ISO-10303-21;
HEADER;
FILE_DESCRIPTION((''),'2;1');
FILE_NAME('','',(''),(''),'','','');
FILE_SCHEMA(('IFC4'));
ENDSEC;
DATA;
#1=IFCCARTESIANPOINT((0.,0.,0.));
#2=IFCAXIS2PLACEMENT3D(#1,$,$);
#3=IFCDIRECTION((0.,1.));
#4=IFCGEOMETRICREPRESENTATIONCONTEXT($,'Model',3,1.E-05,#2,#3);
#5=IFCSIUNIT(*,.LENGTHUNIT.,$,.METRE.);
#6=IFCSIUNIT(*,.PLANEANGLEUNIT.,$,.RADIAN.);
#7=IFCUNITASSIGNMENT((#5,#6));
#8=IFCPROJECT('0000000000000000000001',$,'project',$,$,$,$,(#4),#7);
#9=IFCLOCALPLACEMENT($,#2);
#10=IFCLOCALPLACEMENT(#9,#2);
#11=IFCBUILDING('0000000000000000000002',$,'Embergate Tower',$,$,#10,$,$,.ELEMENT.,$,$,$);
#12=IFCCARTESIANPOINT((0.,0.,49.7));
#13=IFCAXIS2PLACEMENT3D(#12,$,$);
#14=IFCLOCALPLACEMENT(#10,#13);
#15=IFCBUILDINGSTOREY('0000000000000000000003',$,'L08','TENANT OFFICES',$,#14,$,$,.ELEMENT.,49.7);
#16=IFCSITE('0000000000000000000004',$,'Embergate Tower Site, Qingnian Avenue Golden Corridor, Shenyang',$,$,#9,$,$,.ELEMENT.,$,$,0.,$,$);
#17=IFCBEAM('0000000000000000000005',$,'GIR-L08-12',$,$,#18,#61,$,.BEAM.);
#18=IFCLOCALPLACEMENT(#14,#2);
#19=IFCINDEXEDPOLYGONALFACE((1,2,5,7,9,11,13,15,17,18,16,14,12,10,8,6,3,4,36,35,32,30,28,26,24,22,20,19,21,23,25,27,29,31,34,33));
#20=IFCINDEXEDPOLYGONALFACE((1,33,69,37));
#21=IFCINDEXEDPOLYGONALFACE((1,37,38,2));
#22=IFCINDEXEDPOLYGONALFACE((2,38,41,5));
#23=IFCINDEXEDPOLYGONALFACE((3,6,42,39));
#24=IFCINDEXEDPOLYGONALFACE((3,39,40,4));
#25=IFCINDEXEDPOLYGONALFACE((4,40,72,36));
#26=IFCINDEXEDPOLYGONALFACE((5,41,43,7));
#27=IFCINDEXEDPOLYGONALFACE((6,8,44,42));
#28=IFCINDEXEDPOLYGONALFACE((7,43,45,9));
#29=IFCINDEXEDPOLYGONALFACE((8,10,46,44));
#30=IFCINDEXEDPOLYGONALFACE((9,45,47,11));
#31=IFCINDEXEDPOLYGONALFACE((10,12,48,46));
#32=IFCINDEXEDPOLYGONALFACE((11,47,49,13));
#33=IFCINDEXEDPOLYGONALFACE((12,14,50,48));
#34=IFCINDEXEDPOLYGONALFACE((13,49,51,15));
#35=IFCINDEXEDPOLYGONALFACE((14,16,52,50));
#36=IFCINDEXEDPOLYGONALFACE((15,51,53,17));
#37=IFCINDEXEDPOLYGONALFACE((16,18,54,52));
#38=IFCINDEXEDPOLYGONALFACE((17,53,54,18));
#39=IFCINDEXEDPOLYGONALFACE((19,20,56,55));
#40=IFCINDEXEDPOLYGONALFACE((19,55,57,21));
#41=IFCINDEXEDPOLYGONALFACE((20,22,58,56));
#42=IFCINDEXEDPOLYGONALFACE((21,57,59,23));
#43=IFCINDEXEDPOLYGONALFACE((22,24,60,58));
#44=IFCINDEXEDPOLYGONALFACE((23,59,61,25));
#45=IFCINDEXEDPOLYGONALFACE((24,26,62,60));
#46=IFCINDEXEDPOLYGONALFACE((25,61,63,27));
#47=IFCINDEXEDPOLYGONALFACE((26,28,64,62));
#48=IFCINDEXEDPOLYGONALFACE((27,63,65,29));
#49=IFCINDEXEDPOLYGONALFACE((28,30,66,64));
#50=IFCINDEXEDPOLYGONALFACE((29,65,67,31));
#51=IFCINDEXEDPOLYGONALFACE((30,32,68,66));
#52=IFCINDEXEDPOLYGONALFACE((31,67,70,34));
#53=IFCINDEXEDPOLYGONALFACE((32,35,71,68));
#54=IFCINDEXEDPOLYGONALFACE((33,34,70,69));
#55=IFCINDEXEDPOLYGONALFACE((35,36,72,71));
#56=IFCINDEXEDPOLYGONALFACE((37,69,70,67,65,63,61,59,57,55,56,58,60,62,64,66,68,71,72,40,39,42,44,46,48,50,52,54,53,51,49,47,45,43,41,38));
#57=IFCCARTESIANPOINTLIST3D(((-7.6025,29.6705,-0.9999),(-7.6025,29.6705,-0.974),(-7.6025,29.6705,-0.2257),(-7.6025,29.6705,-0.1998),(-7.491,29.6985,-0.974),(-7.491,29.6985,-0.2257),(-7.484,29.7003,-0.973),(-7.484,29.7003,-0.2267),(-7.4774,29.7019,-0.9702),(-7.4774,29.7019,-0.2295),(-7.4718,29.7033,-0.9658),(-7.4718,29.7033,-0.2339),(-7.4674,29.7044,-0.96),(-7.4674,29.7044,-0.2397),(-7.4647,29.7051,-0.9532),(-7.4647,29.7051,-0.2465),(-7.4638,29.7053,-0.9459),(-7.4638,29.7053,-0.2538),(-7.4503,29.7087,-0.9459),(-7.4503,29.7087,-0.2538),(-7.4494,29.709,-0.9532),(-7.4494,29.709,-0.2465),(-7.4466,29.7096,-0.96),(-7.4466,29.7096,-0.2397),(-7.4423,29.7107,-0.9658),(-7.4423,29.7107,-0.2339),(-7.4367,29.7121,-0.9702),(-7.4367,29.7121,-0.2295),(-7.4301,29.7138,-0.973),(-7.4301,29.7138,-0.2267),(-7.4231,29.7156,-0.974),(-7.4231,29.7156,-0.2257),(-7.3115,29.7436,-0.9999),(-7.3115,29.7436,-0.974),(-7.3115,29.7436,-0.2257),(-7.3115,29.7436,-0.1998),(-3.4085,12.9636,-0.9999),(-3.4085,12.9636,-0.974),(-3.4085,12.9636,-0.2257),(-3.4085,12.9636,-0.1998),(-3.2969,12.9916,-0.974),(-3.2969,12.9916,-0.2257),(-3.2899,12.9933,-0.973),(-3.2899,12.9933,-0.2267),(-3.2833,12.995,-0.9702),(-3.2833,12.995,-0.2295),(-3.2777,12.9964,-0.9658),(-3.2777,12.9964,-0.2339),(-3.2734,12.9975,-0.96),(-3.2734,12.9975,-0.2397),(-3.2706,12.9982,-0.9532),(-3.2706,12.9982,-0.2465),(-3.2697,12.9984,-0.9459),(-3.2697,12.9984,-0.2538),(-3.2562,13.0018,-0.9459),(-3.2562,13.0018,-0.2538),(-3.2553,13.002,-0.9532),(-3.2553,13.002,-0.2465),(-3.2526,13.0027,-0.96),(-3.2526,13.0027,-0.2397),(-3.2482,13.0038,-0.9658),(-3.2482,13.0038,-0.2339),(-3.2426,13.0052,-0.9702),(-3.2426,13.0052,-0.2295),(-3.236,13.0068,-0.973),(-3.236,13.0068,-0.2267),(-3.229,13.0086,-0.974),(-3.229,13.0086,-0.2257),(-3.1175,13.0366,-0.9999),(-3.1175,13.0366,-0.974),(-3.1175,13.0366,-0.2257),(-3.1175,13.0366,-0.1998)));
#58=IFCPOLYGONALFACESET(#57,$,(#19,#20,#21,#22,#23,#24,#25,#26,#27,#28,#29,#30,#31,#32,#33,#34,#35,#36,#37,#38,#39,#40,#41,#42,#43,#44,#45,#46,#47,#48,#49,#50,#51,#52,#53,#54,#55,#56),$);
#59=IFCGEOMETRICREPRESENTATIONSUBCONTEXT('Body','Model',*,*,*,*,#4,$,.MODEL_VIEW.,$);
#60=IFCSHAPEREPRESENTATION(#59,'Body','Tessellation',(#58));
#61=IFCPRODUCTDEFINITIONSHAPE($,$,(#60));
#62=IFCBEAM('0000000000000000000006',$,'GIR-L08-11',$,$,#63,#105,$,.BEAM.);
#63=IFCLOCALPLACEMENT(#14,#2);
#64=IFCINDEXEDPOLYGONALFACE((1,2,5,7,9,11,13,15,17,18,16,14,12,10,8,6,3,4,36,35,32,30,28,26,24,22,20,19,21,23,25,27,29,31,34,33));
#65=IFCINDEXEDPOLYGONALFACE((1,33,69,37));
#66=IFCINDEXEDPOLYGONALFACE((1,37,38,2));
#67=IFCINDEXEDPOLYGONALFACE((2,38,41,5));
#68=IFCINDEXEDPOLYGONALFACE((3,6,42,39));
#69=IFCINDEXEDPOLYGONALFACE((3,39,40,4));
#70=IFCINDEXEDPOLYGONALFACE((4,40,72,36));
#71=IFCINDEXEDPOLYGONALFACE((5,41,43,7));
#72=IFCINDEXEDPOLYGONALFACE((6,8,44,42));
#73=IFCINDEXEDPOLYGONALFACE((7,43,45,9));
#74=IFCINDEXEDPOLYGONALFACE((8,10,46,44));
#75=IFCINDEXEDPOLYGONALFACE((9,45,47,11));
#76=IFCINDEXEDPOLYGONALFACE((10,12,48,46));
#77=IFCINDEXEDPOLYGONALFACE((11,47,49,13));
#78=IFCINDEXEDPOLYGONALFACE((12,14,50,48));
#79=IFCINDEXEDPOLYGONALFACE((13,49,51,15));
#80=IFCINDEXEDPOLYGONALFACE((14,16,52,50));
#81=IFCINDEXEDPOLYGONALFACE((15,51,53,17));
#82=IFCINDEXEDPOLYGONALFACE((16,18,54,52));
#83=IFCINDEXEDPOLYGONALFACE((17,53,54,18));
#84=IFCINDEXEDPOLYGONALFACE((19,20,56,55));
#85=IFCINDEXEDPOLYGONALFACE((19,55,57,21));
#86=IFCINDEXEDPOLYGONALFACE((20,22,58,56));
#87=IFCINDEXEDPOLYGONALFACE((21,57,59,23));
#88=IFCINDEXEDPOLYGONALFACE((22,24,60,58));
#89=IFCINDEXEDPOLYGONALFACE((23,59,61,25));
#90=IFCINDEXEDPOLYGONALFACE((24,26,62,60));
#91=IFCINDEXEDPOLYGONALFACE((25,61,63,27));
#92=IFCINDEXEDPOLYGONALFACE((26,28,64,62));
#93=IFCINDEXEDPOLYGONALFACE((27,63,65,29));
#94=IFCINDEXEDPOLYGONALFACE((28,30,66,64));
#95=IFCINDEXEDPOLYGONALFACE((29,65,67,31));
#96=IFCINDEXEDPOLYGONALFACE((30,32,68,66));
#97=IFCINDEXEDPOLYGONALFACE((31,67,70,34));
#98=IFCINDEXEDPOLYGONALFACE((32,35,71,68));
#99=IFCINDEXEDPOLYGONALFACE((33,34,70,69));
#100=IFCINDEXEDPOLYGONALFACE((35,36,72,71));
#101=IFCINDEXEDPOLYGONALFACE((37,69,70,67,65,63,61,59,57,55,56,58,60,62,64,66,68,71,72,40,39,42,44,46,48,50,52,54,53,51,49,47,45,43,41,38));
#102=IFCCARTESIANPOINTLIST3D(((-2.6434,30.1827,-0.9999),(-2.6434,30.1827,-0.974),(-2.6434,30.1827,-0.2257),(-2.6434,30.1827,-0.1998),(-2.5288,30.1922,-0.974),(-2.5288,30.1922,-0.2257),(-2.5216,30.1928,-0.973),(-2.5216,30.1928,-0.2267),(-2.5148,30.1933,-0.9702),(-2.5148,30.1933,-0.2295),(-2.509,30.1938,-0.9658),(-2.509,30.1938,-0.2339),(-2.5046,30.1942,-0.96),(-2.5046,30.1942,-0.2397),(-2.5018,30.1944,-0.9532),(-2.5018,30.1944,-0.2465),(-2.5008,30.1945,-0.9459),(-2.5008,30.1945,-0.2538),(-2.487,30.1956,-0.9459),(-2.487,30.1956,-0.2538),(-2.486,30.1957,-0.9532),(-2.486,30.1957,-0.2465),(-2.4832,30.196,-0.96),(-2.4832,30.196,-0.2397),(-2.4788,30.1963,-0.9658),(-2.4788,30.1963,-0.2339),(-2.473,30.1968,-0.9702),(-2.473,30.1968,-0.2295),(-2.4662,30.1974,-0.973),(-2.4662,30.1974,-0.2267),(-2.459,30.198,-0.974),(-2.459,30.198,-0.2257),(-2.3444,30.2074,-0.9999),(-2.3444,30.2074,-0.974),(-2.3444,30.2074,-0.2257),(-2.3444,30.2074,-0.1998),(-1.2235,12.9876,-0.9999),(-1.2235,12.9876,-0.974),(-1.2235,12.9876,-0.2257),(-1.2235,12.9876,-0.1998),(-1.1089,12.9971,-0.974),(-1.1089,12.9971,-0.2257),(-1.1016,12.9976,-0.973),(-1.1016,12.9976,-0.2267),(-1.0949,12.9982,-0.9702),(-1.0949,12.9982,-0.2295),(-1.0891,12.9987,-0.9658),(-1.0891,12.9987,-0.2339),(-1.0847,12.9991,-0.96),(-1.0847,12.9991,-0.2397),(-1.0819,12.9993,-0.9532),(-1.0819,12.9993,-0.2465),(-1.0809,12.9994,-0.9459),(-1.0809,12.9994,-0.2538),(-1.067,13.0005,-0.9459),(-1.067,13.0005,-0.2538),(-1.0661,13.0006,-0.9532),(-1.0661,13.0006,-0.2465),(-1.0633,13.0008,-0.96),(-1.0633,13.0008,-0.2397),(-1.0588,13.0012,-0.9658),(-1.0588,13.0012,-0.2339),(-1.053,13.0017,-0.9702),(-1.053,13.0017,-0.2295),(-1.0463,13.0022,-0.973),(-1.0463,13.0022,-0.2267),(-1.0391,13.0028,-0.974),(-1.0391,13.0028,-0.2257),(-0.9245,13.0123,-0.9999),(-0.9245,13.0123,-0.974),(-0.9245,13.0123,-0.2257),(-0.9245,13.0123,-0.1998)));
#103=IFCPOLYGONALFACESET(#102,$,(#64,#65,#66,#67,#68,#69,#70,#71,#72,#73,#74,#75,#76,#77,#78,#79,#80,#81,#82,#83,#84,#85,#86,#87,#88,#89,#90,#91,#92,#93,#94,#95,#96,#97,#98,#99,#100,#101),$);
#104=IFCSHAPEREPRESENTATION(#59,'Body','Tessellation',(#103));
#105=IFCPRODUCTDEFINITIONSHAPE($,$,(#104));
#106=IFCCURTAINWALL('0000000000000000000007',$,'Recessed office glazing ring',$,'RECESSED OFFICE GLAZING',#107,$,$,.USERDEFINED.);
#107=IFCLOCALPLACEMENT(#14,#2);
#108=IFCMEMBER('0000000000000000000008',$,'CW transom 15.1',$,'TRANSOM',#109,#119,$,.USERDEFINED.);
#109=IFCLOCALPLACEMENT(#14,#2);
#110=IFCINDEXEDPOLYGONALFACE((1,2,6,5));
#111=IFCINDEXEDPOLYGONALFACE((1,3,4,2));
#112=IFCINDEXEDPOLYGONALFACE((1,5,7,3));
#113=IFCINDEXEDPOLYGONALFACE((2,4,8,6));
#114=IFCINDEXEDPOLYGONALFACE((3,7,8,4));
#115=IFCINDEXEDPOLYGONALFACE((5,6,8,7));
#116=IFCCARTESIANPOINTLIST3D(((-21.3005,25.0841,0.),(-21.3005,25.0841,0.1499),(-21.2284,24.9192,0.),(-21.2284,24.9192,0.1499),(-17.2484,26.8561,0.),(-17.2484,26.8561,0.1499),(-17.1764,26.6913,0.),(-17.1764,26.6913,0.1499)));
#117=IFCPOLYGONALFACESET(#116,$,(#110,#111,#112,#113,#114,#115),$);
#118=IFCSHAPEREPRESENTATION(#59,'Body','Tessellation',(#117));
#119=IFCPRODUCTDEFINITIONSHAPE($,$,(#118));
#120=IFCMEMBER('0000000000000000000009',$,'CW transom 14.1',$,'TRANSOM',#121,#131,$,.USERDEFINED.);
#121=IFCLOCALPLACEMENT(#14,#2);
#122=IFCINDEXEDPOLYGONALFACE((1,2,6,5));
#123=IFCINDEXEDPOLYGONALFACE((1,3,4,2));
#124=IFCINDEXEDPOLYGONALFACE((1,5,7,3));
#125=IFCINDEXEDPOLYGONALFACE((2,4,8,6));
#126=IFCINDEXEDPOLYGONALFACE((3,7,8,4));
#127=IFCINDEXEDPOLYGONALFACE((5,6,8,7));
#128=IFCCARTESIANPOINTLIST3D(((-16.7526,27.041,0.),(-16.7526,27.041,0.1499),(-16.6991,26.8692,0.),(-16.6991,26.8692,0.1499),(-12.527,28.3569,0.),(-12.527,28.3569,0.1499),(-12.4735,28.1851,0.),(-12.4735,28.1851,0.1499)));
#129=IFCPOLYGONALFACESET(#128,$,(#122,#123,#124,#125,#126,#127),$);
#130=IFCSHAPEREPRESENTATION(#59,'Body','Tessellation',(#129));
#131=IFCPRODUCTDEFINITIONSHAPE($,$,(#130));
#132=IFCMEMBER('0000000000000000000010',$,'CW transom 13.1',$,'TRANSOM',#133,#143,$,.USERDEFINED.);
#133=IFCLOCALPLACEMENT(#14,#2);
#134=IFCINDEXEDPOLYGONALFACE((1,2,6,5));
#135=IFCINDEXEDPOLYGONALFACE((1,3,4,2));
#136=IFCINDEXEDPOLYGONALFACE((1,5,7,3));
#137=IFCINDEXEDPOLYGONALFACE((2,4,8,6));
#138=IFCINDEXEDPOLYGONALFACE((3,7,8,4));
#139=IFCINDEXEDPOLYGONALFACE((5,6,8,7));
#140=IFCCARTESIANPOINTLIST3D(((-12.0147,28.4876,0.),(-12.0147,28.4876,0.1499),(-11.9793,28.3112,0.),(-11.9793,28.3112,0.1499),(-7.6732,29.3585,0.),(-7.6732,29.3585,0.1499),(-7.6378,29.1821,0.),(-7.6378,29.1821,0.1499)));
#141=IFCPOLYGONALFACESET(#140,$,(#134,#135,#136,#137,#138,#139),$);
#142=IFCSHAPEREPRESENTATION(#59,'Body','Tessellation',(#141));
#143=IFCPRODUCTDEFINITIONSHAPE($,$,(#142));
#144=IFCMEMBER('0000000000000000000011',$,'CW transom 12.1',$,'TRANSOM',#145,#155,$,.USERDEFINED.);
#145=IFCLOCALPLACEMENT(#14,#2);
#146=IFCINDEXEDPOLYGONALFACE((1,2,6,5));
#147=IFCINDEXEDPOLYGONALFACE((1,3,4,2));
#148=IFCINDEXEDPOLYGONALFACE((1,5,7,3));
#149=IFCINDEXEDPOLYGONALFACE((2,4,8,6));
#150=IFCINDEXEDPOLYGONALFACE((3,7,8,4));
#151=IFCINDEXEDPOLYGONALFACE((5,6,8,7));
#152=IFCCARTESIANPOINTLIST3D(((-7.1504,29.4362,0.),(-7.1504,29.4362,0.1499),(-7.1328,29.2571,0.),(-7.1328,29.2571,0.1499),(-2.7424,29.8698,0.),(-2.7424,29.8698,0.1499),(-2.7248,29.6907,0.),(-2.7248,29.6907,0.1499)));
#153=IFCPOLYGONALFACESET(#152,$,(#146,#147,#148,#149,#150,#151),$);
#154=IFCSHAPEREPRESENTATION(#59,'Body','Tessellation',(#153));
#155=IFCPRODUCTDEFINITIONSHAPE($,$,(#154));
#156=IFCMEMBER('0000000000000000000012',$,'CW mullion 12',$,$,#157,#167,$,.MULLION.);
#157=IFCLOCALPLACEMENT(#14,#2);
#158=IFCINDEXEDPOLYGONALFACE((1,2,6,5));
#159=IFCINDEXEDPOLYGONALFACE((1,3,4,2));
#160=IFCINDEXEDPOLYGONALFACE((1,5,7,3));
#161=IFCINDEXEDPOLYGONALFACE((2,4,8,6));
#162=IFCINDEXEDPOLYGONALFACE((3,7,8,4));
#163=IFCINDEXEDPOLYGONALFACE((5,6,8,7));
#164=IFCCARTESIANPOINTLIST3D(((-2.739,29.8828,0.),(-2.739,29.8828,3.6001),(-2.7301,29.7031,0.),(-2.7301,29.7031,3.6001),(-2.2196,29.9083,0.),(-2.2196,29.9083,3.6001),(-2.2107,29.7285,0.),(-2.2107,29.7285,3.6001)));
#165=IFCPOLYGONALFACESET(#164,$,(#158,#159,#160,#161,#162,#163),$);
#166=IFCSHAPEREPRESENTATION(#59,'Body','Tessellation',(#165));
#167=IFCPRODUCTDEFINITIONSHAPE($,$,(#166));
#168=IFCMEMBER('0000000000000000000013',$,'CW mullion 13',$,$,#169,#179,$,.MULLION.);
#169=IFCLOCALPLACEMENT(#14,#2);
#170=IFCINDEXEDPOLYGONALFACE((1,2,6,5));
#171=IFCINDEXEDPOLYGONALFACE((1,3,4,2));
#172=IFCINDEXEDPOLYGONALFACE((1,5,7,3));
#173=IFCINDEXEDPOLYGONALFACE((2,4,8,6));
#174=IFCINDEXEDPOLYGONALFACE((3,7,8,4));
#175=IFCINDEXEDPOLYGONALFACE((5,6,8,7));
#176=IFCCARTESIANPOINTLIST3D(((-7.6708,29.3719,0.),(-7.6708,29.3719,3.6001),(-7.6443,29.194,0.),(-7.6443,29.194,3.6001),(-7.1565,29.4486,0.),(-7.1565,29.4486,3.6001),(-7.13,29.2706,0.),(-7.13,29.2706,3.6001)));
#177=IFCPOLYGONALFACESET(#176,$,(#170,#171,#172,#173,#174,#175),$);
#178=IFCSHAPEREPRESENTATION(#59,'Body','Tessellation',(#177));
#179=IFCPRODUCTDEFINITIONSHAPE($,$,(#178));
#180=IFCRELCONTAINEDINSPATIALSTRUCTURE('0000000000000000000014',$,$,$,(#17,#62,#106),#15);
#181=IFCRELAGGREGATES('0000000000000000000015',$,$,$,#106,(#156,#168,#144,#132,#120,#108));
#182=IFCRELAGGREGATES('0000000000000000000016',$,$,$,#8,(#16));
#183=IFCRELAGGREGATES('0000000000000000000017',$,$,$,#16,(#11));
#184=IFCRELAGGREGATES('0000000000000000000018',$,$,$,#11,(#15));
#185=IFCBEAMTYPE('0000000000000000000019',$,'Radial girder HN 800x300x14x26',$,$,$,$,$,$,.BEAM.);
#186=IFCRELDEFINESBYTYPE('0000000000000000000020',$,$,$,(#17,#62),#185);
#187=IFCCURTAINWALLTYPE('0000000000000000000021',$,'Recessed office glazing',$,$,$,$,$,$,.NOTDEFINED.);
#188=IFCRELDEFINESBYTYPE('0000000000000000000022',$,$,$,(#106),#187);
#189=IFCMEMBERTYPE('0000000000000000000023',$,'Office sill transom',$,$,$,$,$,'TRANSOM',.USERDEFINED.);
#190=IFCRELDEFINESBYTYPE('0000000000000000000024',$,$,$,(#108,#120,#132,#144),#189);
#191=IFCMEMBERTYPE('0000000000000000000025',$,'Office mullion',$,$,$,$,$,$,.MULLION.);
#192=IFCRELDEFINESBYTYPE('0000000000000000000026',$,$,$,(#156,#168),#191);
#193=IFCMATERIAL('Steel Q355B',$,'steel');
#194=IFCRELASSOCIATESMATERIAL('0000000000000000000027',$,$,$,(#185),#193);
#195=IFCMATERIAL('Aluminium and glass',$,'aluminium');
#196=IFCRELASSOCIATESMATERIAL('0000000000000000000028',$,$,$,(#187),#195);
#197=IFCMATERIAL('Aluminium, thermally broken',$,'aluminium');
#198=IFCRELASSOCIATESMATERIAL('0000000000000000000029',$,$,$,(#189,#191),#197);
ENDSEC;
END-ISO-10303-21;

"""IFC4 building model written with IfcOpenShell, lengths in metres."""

from ifc_helpers import new_model, si_unit, direction, frame, origin, origin_2d, place, context, subcontext, project, spatial, rectangle, i_section, extrude, source, transform, mapped, material, material_profile, profile_set, type_object, element, aggregate, save


model = new_model("IFC4")

# Units and contexts
model_context = context("Model", 3, precision=1e-05, world=origin(), true_north=direction((0.0, 1.0)))
body_context = subcontext(model_context, "Body", "Model", "MODEL_VIEW")
ifc_project = project(units=[si_unit("LENGTHUNIT", "METRE"), si_unit("PLANEANGLEUNIT", "RADIAN")], contexts=[model_context])

# Site, building, storey
site_placement = place(None, origin())
site = spatial("IfcSite", under=ifc_project, at=site_placement, Name="Embergate Tower Site, Qingnian Avenue Golden Corridor, Shenyang", CompositionType="ELEMENT", RefElevation=0.0)
building_placement = place(site_placement, origin())
building = spatial("IfcBuilding", under=site, at=building_placement, Name="Embergate Tower", CompositionType="ELEMENT")
storey_placement = place(building_placement, frame((0.0, 0.0, 49.7)))
storey = spatial("IfcBuildingStorey", under=building, at=storey_placement, Name="L08", Description="TENANT OFFICES", CompositionType="ELEMENT", Elevation=49.7)

# Beams
ifc_material_1 = material(Name="Steel Q355B", Category="steel")
ifc_material_profile_1 = material_profile(ifc_material_1, i_section(OverallWidth=0.3, OverallDepth=0.8, WebThickness=0.0139, FlangeThickness=0.0259, FilletRadius=0.0281, at=origin_2d()), Name="HN 800x300x14x26")
ifc_profile_set_1 = profile_set([ifc_material_profile_1], Name="Steel Q355 grade B")
beam_type_1 = type_object("IfcBeamType", Name="Radial girder HN 800x300x14x26", PredefinedType="BEAM", material=ifc_profile_set_1)
shared_shape_1 = source(origin(), body_context, "Body", "SweptSolid", [
    extrude(i_section(OverallWidth=0.3, OverallDepth=0.8, WebThickness=0.0139, FlangeThickness=0.0259, FilletRadius=0.0281, at=origin_2d()), origin(), (0.0, 0.0, 1.0), 17.2253),
])
beam_1_placement = place(storey_placement, frame((-7.457, 29.707, -0.5999), z_axis=(0.243483, -0.969905, 0.0), x_axis=(0.969905, 0.243483, 0.0)))
element("IfcBeam", 1, at=beam_1_placement, inside=storey, type_object=beam_type_1, Name="GIR-L08-12", PredefinedType="BEAM", context=body_context, shape_type="MappedRepresentation", body=[
    mapped(shared_shape_1, transform((0.0, 0.0, 0.0))),
])
shared_shape_2 = source(origin(), body_context, "Body", "SweptSolid", [
    extrude(i_section(OverallWidth=0.3, OverallDepth=0.8, WebThickness=0.0139, FlangeThickness=0.0259, FilletRadius=0.0281, at=origin_2d()), origin(), (0.0, 0.0, 1.0), 17.2537),
])
beam_2_placement = place(storey_placement, frame((-2.4939, 30.1951, -0.5999), z_axis=(0.082297, -0.996608, 0.0), x_axis=(0.996608, 0.082297, 0.0)))
element("IfcBeam", 2, at=beam_2_placement, inside=storey, type_object=beam_type_1, Name="GIR-L08-11", PredefinedType="BEAM", context=body_context, shape_type="MappedRepresentation", body=[
    mapped(shared_shape_2, transform((0.0, 0.0, 0.0))),
])

# Curtain wall, members
ifc_material_2 = material(Name="Aluminium and glass", Category="aluminium")
curtain_wall_type = type_object("IfcCurtainWallType", Name="Recessed office glazing", PredefinedType="NOTDEFINED", material=ifc_material_2)
curtain_wall_placement = place(storey_placement, origin())
curtain_wall = element("IfcCurtainWall", 3, at=curtain_wall_placement, inside=storey, type_object=curtain_wall_type, Name="Recessed office glazing ring", ObjectType="RECESSED OFFICE GLAZING", PredefinedType="USERDEFINED")
ifc_material_3 = material(Name="Aluminium, thermally broken", Category="aluminium")
ifc_material_profile_2 = material_profile(ifc_material_3, rectangle(XDim=0.1799, YDim=0.1499, at=origin_2d()), Name="AL 150x180")
ifc_profile_set_2 = profile_set([ifc_material_profile_2], Name="Aluminium, thermally broken")
member_type_1 = type_object("IfcMemberType", Name="Office sill transom", ElementType="TRANSOM", PredefinedType="USERDEFINED", material=ifc_profile_set_2)
shared_shape_3 = source(origin(), body_context, "Body", "SweptSolid", [
    extrude(rectangle(XDim=0.1799, YDim=0.1499, at=origin_2d()), origin(), (0.0, 0.0, 1.0), 4.4226),
])
member_1_placement = place(storey_placement, frame((-17.2124, 26.7737, 0.075), z_axis=(-0.916222, -0.400671, 0.0), x_axis=(0.400671, -0.916222, 0.0)))
member_1 = element("IfcMember", 4, at=member_1_placement, type_object=member_type_1, Name="CW transom 15.1", ObjectType="TRANSOM", PredefinedType="USERDEFINED", context=body_context, shape_type="MappedRepresentation", body=[
    mapped(shared_shape_3, transform((0.0, 0.0, 0.0))),
])
shared_shape_4 = source(origin(), body_context, "Body", "SweptSolid", [
    extrude(rectangle(XDim=0.1799, YDim=0.1499, at=origin_2d()), origin(), (0.0, 0.0, 1.0), 4.4258),
])
member_2_placement = place(storey_placement, frame((-12.5002, 28.271, 0.075), z_axis=(-0.954774, -0.297333, 0.0), x_axis=(0.297333, -0.954774, 0.0)))
member_2 = element("IfcMember", 5, at=member_2_placement, type_object=member_type_1, Name="CW transom 14.1", ObjectType="TRANSOM", PredefinedType="USERDEFINED", context=body_context, shape_type="MappedRepresentation", body=[
    mapped(shared_shape_4, transform((0.0, 0.0, 0.0))),
])
shared_shape_5 = source(origin(), body_context, "Body", "SweptSolid", [
    extrude(rectangle(XDim=0.1799, YDim=0.1499, at=origin_2d()), origin(), (0.0, 0.0, 1.0), 4.428),
])
member_3_placement = place(storey_placement, frame((-7.6555, 29.2703, 0.075), z_axis=(-0.98047, -0.196667, 0.0), x_axis=(0.196667, -0.98047, 0.0)))
member_3 = element("IfcMember", 6, at=member_3_placement, type_object=member_type_1, Name="CW transom 13.1", ObjectType="TRANSOM", PredefinedType="USERDEFINED", context=body_context, shape_type="MappedRepresentation", body=[
    mapped(shared_shape_5, transform((0.0, 0.0, 0.0))),
])
shared_shape_6 = source(origin(), body_context, "Body", "SweptSolid", [
    extrude(rectangle(XDim=0.1799, YDim=0.1499, at=origin_2d()), origin(), (0.0, 0.0, 1.0), 4.4292),
])
member_4_placement = place(storey_placement, frame((-2.7336, 29.7803, 0.075), z_axis=(-0.995197, -0.097894, 0.0), x_axis=(0.097894, -0.995197, 0.0)))
member_4 = element("IfcMember", 7, at=member_4_placement, type_object=member_type_1, Name="CW transom 12.1", ObjectType="TRANSOM", PredefinedType="USERDEFINED", context=body_context, shape_type="MappedRepresentation", body=[
    mapped(shared_shape_6, transform((0.0, 0.0, 0.0))),
])
ifc_material_profile_3 = material_profile(ifc_material_3, rectangle(XDim=0.1799, YDim=0.52, at=origin_2d()), Name="AL 520x180")
ifc_profile_set_3 = profile_set([ifc_material_profile_3], Name="Aluminium, thermally broken")
member_type_2 = type_object("IfcMemberType", Name="Office mullion", PredefinedType="MULLION", material=ifc_profile_set_3)
shared_shape_7 = source(origin(), body_context, "Body", "SweptSolid", [
    extrude(rectangle(XDim=0.1799, YDim=0.52, at=origin_2d()), origin(), (0.0, 0.0, 1.0), 3.6001),
])
member_5_placement = place(storey_placement, frame((-2.4749, 29.8057, 0.0), z_axis=(0.0, 0.0, 1.0), x_axis=(0.048972, -0.9988, 0.0)))
member_5 = element("IfcMember", 8, at=member_5_placement, type_object=member_type_2, Name="CW mullion 12", PredefinedType="MULLION", context=body_context, shape_type="MappedRepresentation", body=[
    mapped(shared_shape_7, transform((0.0, 0.0, 0.0))),
])
member_6_placement = place(storey_placement, frame((-7.4004, 29.3213, 0.0), z_axis=(0.0, 0.0, 1.0), x_axis=(0.147412, -0.989075, 0.0)))
member_6 = element("IfcMember", 9, at=member_6_placement, type_object=member_type_2, Name="CW mullion 13", PredefinedType="MULLION", context=body_context, shape_type="MappedRepresentation", body=[
    mapped(shared_shape_7, transform((0.0, 0.0, 0.0))),
])
aggregate(curtain_wall, [member_5, member_6, member_4, member_3, member_2, member_1])

save(model, "model.ifc")
